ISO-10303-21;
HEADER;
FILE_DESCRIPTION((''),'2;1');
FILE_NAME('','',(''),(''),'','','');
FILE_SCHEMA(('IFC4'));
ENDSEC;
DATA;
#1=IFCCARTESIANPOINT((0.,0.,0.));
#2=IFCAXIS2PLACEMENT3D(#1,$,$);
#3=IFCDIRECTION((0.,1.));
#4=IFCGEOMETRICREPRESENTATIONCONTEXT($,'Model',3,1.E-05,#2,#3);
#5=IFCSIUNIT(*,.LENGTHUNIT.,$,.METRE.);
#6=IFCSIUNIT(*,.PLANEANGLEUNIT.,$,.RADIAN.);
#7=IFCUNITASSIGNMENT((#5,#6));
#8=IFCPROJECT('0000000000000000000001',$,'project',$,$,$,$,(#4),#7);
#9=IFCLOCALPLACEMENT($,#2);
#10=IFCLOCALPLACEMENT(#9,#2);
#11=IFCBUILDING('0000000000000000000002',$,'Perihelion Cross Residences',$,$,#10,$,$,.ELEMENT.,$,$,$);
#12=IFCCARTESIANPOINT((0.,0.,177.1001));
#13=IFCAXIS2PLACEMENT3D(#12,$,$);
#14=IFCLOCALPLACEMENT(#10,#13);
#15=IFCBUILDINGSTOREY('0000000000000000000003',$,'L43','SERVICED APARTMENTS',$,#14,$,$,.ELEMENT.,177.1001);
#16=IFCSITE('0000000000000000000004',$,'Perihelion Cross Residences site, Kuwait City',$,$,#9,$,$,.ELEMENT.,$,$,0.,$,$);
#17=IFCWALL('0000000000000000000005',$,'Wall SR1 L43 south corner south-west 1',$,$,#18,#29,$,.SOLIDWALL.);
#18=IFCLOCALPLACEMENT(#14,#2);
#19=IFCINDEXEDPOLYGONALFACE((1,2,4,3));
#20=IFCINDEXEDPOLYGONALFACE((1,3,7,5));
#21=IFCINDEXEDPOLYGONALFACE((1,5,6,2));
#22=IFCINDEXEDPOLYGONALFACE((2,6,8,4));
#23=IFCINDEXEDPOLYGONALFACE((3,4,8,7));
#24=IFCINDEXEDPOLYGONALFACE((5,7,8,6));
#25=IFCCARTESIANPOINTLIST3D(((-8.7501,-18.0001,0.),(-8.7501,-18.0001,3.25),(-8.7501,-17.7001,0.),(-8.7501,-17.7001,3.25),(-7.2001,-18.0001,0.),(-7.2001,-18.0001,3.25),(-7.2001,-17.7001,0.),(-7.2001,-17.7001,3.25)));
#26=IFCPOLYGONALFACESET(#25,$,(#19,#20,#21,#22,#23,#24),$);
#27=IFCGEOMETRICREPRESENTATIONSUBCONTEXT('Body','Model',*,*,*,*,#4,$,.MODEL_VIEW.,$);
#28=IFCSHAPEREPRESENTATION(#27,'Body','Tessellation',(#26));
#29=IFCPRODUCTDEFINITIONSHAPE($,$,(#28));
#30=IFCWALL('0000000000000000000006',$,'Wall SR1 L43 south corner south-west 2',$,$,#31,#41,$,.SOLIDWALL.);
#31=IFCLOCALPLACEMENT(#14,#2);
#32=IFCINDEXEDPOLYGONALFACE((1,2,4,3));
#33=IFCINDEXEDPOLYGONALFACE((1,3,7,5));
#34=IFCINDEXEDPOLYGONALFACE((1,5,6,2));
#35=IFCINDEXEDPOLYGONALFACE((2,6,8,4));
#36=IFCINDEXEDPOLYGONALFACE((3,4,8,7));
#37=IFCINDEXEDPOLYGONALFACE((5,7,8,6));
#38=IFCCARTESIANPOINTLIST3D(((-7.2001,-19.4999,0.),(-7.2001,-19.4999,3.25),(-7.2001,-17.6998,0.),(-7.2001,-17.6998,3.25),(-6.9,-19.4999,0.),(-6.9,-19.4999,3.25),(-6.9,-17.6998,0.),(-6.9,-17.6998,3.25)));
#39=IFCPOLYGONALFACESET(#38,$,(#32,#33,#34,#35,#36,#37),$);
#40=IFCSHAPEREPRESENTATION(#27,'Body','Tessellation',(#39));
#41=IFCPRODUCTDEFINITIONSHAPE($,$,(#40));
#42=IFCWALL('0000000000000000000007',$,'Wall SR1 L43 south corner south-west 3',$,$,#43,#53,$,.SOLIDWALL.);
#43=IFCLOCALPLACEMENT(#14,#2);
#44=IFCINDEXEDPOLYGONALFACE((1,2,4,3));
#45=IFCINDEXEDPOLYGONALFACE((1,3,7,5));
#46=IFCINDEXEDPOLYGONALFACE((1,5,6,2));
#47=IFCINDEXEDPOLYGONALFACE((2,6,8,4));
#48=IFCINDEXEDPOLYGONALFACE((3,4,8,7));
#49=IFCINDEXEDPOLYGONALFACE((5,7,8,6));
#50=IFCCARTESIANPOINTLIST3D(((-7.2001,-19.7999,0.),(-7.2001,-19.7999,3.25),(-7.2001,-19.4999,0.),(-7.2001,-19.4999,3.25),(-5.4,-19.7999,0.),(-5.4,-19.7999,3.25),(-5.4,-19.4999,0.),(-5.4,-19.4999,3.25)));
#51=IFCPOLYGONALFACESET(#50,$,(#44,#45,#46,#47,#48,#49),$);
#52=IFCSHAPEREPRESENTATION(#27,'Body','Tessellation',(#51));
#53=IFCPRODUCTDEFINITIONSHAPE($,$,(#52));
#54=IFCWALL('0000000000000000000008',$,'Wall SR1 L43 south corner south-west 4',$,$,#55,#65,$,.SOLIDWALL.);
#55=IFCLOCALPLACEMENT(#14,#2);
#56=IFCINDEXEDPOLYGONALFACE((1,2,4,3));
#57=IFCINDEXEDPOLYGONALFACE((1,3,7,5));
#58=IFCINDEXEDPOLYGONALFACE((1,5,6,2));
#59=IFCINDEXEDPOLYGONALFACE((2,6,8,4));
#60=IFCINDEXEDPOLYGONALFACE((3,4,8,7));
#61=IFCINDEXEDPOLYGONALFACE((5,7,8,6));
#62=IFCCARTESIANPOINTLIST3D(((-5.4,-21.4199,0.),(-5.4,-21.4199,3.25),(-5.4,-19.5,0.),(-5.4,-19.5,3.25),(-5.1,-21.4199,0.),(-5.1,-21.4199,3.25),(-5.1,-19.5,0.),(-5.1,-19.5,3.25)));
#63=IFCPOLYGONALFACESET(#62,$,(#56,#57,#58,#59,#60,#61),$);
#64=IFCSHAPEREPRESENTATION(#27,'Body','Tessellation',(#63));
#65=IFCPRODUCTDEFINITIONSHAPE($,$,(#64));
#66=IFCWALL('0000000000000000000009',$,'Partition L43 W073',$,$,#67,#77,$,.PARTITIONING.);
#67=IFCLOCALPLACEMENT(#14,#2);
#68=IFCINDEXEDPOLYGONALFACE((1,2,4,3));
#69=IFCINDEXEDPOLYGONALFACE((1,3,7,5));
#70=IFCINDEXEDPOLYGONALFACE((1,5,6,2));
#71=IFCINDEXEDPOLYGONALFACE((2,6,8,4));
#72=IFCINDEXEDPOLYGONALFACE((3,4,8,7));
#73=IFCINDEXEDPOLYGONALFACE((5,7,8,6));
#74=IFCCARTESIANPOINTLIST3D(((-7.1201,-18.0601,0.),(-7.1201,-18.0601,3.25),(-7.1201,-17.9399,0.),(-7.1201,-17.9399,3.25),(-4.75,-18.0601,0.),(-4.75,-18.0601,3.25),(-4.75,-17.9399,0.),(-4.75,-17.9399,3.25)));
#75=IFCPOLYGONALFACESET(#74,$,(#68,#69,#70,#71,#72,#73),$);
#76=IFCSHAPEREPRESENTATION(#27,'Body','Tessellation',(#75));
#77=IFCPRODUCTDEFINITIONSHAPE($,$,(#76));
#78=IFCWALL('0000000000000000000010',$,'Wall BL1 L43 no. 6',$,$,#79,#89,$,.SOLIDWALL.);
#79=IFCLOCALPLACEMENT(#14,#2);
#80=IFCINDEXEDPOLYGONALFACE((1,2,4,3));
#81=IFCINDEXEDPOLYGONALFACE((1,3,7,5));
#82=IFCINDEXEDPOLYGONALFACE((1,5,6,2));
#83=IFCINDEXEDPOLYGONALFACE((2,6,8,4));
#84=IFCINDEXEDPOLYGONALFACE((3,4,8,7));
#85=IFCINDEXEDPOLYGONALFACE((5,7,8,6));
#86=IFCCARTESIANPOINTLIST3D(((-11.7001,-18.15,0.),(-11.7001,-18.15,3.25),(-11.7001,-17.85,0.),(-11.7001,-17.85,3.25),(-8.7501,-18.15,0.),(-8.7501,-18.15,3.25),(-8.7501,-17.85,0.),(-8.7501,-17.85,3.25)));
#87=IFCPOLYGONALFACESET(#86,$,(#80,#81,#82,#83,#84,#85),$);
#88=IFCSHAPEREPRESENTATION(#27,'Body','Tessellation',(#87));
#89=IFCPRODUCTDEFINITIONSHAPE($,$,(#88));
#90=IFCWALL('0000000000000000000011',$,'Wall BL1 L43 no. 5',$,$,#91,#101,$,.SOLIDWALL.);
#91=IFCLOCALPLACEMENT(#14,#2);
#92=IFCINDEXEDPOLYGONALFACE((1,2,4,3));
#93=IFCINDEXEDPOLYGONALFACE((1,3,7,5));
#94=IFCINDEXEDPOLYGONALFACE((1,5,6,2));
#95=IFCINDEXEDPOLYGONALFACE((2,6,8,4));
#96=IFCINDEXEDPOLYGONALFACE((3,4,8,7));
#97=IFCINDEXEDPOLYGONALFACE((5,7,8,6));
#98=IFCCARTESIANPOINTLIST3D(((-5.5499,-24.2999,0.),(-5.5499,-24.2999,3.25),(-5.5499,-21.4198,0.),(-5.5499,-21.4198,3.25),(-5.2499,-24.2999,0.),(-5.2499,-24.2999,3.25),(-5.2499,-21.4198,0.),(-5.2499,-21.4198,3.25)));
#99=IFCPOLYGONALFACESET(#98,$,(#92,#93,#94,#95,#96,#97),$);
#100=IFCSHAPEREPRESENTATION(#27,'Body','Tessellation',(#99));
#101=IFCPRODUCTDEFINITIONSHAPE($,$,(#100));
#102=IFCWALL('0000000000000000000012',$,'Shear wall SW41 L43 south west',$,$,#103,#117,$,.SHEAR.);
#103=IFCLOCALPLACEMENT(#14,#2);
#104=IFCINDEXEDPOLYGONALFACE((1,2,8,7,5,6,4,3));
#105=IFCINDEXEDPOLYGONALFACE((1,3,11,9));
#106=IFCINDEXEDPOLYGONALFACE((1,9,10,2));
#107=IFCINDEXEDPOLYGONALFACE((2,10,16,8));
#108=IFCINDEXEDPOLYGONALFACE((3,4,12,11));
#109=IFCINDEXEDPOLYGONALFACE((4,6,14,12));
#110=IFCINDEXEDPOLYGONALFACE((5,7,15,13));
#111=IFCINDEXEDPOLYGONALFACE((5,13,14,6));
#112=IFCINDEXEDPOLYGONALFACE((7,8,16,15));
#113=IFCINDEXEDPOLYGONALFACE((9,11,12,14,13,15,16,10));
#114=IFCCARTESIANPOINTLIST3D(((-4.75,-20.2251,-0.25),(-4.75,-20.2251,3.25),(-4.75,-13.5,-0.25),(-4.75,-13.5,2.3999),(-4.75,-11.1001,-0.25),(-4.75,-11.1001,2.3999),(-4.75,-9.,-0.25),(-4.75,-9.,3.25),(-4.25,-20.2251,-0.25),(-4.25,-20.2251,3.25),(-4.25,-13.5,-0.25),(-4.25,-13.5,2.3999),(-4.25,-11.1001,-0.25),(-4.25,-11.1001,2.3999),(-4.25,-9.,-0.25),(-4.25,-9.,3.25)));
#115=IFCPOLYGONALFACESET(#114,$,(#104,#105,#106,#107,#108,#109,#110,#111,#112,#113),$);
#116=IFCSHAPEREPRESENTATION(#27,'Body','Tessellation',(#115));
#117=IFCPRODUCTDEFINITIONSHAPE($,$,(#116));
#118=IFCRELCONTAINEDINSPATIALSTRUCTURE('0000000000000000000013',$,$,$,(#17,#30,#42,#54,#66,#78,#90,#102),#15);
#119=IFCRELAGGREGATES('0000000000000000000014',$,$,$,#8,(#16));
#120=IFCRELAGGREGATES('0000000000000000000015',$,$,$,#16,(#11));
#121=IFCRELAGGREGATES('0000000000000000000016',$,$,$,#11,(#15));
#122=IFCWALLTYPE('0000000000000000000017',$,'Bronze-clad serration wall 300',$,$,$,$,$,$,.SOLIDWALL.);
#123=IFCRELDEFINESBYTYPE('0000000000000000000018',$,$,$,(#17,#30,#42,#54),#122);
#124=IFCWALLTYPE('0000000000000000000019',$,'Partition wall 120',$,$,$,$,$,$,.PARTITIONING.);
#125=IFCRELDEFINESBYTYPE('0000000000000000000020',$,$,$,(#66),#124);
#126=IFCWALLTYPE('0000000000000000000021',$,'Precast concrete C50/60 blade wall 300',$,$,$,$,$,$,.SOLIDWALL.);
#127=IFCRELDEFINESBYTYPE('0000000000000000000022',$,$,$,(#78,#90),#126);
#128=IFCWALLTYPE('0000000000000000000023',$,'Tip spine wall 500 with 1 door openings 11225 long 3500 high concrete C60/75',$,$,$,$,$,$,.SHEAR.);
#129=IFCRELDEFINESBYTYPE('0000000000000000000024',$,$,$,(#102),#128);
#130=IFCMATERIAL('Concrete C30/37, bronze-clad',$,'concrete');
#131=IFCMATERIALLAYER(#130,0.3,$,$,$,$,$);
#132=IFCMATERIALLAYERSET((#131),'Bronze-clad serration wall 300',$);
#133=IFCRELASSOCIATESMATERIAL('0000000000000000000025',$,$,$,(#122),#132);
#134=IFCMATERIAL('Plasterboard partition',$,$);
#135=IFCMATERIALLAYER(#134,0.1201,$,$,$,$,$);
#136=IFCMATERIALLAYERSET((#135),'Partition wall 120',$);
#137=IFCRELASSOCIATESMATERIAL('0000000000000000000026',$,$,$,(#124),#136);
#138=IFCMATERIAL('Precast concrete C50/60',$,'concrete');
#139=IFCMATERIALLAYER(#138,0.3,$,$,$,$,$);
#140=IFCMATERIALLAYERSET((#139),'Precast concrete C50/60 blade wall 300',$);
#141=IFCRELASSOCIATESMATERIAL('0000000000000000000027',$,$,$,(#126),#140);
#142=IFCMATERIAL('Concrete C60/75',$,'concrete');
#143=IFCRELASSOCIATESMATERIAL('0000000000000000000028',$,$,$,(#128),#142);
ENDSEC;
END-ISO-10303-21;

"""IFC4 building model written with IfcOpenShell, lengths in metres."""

from ifc_helpers import new_model, si_unit, direction, frame, frame_2d, origin, place, context, subcontext, project, spatial, polyline, rectangle, outline, extrude, material, layer, layer_set, material_profile, profile_set, type_object, element, save


model = new_model("IFC4")

# Units and contexts
model_context = context("Model", 3, precision=1e-05, world=origin(), true_north=direction((0.0, 1.0)))
body_context = subcontext(model_context, "Body", "Model", "MODEL_VIEW")
ifc_project = project(units=[si_unit("LENGTHUNIT", "METRE"), si_unit("PLANEANGLEUNIT", "RADIAN")], contexts=[model_context])

# Site, building, storey
site_placement = place(None, origin())
site = spatial("IfcSite", under=ifc_project, at=site_placement, Name="Perihelion Cross Residences site, Kuwait City", CompositionType="ELEMENT", RefElevation=0.0)
building_placement = place(site_placement, origin())
building = spatial("IfcBuilding", under=site, at=building_placement, Name="Perihelion Cross Residences", CompositionType="ELEMENT")
storey_placement = place(building_placement, frame((0.0, 0.0, 177.1001)))
storey = spatial("IfcBuildingStorey", under=building, at=storey_placement, Name="L43", Description="SERVICED APARTMENTS", CompositionType="ELEMENT", Elevation=177.1001)

# Walls
ifc_material_1 = material(Name="Concrete C30/37, bronze-clad", Category="concrete")
ifc_layer_1 = layer(ifc_material_1, 0.3)
ifc_layer_set_1 = layer_set([ifc_layer_1], Name="Bronze-clad serration wall 300")
wall_type_1 = type_object("IfcWallType", Name="Bronze-clad serration wall 300", PredefinedType="SOLIDWALL", material=ifc_layer_set_1)
wall_1_placement = place(storey_placement, frame((-8.75, -17.8501, 0.0), z_axis=(0.0, 0.0, 1.0), x_axis=(1.0, 0.0, 0.0)))
element("IfcWall", 1, at=wall_1_placement, inside=storey, type_object=wall_type_1, Name="Wall SR1 L43 south corner south-west 1", PredefinedType="SOLIDWALL", context=body_context, shape_type="SweptSolid", body=[
    extrude(rectangle(XDim=1.55, YDim=0.3, at=frame_2d((0.7749, 0.0))), origin(), (0.0, 0.0, 1.0), 3.25),
])
for number, where, z_axis, x_axis, name in (
    (2, (-7.05, -17.7, 0.0), (0.0, 0.0, 1.0), (0.0, -1.0, 0.0), "Wall SR1 L43 south corner south-west 2"),
    (3, (-7.2, -19.6499, 0.0), (0.0, 0.0, 1.0), (1.0, 0.0, 0.0), "Wall SR1 L43 south corner south-west 3"),
):
    element("IfcWall", number, at=place(storey_placement, frame(where, z_axis=z_axis, x_axis=x_axis)), inside=storey, type_object=wall_type_1, Name=name, PredefinedType="SOLIDWALL", context=body_context, shape_type="SweptSolid", body=[
        extrude(rectangle(XDim=1.8, YDim=0.3, at=frame_2d((0.8999, 0.0))), origin(), (0.0, 0.0, 1.0), 3.25),
    ])
wall_2_placement = place(storey_placement, frame((-5.25, -19.5, 0.0), z_axis=(0.0, 0.0, 1.0), x_axis=(0.0, -1.0, 0.0)))
element("IfcWall", 4, at=wall_2_placement, inside=storey, type_object=wall_type_1, Name="Wall SR1 L43 south corner south-west 4", PredefinedType="SOLIDWALL", context=body_context, shape_type="SweptSolid", body=[
    extrude(rectangle(XDim=1.9199, YDim=0.3, at=frame_2d((0.96, 0.0))), origin(), (0.0, 0.0, 1.0), 3.25),
])
ifc_material_2 = material(Name="Plasterboard partition")
ifc_layer_2 = layer(ifc_material_2, 0.1201)
ifc_layer_set_2 = layer_set([ifc_layer_2], Name="Partition wall 120")
wall_type_2 = type_object("IfcWallType", Name="Partition wall 120", PredefinedType="PARTITIONING", material=ifc_layer_set_2)
wall_3_placement = place(storey_placement, frame((-4.75, -18.0, 0.0), z_axis=(0.0, 0.0, 1.0), x_axis=(-1.0, 0.0, 0.0)))
element("IfcWall", 5, at=wall_3_placement, inside=storey, type_object=wall_type_2, Name="Partition L43 W073", PredefinedType="PARTITIONING", context=body_context, shape_type="SweptSolid", body=[
    extrude(rectangle(XDim=2.3701, YDim=0.1201, at=frame_2d((1.1851, 0.0))), origin(), (0.0, 0.0, 1.0), 3.25),
])
ifc_material_3 = material(Name="Precast concrete C50/60", Category="concrete")
ifc_layer_3 = layer(ifc_material_3, 0.3)
ifc_layer_set_3 = layer_set([ifc_layer_3], Name="Precast concrete C50/60 blade wall 300")
wall_type_3 = type_object("IfcWallType", Name="Precast concrete C50/60 blade wall 300", PredefinedType="SOLIDWALL", material=ifc_layer_set_3)
wall_4_placement = place(storey_placement, frame((-8.75, -18.0, 0.0), z_axis=(0.0, 0.0, 1.0), x_axis=(-1.0, 0.0, 0.0)))
element("IfcWall", 6, at=wall_4_placement, inside=storey, type_object=wall_type_3, Name="Wall BL1 L43 no. 6", PredefinedType="SOLIDWALL", context=body_context, shape_type="SweptSolid", body=[
    extrude(rectangle(XDim=2.95, YDim=0.3, at=frame_2d((1.4751, 0.0))), origin(), (0.0, 0.0, 1.0), 3.25),
])
wall_5_placement = place(storey_placement, frame((-5.3999, -21.4199, 0.0), z_axis=(0.0, 0.0, 1.0), x_axis=(0.0, -1.0, 0.0)))
element("IfcWall", 7, at=wall_5_placement, inside=storey, type_object=wall_type_3, Name="Wall BL1 L43 no. 5", PredefinedType="SOLIDWALL", context=body_context, shape_type="SweptSolid", body=[
    extrude(rectangle(XDim=2.8801, YDim=0.3, at=frame_2d((1.4399, 0.0))), origin(), (0.0, 0.0, 1.0), 3.25),
])
ifc_material_4 = material(Name="Concrete C60/75", Category="concrete")
ifc_material_profile_1 = material_profile(ifc_material_4, outline(polyline([(0.0, 0.0), (6.7251, 0.0), (6.7251, 2.6499), (9.125, 2.6499), (9.125, 0.0), (11.2251, 0.0), (11.2251, 3.5), (0.0, 3.5), (0.0, 0.0)])), Name="Tip spine wall")
ifc_profile_set_1 = profile_set([ifc_material_profile_1], Name="Concrete C60/75")
wall_type_4 = type_object("IfcWallType", Name="Tip spine wall 500 with 1 door openings 11225 long 3500 high concrete C60/75", PredefinedType="SHEAR", material=ifc_profile_set_1)
wall_6_placement = place(storey_placement, frame((-4.75, -20.2251, -0.25), z_axis=(1.0, 0.0, 0.0), x_axis=(0.0, 1.0, 0.0)))
element("IfcWall", 8, at=wall_6_placement, inside=storey, type_object=wall_type_4, Name="Shear wall SW41 L43 south west", PredefinedType="SHEAR", context=body_context, shape_type="SweptSolid", body=[
    extrude(outline(polyline([(0.0, 0.0), (6.7251, 0.0), (6.7251, 2.6499), (9.125, 2.6499), (9.125, 0.0), (11.2251, 0.0), (11.2251, 3.5), (0.0, 3.5), (0.0, 0.0)])), origin(), (0.0, 0.0, 1.0), 0.5),
])

save(model, "model.ifc")
